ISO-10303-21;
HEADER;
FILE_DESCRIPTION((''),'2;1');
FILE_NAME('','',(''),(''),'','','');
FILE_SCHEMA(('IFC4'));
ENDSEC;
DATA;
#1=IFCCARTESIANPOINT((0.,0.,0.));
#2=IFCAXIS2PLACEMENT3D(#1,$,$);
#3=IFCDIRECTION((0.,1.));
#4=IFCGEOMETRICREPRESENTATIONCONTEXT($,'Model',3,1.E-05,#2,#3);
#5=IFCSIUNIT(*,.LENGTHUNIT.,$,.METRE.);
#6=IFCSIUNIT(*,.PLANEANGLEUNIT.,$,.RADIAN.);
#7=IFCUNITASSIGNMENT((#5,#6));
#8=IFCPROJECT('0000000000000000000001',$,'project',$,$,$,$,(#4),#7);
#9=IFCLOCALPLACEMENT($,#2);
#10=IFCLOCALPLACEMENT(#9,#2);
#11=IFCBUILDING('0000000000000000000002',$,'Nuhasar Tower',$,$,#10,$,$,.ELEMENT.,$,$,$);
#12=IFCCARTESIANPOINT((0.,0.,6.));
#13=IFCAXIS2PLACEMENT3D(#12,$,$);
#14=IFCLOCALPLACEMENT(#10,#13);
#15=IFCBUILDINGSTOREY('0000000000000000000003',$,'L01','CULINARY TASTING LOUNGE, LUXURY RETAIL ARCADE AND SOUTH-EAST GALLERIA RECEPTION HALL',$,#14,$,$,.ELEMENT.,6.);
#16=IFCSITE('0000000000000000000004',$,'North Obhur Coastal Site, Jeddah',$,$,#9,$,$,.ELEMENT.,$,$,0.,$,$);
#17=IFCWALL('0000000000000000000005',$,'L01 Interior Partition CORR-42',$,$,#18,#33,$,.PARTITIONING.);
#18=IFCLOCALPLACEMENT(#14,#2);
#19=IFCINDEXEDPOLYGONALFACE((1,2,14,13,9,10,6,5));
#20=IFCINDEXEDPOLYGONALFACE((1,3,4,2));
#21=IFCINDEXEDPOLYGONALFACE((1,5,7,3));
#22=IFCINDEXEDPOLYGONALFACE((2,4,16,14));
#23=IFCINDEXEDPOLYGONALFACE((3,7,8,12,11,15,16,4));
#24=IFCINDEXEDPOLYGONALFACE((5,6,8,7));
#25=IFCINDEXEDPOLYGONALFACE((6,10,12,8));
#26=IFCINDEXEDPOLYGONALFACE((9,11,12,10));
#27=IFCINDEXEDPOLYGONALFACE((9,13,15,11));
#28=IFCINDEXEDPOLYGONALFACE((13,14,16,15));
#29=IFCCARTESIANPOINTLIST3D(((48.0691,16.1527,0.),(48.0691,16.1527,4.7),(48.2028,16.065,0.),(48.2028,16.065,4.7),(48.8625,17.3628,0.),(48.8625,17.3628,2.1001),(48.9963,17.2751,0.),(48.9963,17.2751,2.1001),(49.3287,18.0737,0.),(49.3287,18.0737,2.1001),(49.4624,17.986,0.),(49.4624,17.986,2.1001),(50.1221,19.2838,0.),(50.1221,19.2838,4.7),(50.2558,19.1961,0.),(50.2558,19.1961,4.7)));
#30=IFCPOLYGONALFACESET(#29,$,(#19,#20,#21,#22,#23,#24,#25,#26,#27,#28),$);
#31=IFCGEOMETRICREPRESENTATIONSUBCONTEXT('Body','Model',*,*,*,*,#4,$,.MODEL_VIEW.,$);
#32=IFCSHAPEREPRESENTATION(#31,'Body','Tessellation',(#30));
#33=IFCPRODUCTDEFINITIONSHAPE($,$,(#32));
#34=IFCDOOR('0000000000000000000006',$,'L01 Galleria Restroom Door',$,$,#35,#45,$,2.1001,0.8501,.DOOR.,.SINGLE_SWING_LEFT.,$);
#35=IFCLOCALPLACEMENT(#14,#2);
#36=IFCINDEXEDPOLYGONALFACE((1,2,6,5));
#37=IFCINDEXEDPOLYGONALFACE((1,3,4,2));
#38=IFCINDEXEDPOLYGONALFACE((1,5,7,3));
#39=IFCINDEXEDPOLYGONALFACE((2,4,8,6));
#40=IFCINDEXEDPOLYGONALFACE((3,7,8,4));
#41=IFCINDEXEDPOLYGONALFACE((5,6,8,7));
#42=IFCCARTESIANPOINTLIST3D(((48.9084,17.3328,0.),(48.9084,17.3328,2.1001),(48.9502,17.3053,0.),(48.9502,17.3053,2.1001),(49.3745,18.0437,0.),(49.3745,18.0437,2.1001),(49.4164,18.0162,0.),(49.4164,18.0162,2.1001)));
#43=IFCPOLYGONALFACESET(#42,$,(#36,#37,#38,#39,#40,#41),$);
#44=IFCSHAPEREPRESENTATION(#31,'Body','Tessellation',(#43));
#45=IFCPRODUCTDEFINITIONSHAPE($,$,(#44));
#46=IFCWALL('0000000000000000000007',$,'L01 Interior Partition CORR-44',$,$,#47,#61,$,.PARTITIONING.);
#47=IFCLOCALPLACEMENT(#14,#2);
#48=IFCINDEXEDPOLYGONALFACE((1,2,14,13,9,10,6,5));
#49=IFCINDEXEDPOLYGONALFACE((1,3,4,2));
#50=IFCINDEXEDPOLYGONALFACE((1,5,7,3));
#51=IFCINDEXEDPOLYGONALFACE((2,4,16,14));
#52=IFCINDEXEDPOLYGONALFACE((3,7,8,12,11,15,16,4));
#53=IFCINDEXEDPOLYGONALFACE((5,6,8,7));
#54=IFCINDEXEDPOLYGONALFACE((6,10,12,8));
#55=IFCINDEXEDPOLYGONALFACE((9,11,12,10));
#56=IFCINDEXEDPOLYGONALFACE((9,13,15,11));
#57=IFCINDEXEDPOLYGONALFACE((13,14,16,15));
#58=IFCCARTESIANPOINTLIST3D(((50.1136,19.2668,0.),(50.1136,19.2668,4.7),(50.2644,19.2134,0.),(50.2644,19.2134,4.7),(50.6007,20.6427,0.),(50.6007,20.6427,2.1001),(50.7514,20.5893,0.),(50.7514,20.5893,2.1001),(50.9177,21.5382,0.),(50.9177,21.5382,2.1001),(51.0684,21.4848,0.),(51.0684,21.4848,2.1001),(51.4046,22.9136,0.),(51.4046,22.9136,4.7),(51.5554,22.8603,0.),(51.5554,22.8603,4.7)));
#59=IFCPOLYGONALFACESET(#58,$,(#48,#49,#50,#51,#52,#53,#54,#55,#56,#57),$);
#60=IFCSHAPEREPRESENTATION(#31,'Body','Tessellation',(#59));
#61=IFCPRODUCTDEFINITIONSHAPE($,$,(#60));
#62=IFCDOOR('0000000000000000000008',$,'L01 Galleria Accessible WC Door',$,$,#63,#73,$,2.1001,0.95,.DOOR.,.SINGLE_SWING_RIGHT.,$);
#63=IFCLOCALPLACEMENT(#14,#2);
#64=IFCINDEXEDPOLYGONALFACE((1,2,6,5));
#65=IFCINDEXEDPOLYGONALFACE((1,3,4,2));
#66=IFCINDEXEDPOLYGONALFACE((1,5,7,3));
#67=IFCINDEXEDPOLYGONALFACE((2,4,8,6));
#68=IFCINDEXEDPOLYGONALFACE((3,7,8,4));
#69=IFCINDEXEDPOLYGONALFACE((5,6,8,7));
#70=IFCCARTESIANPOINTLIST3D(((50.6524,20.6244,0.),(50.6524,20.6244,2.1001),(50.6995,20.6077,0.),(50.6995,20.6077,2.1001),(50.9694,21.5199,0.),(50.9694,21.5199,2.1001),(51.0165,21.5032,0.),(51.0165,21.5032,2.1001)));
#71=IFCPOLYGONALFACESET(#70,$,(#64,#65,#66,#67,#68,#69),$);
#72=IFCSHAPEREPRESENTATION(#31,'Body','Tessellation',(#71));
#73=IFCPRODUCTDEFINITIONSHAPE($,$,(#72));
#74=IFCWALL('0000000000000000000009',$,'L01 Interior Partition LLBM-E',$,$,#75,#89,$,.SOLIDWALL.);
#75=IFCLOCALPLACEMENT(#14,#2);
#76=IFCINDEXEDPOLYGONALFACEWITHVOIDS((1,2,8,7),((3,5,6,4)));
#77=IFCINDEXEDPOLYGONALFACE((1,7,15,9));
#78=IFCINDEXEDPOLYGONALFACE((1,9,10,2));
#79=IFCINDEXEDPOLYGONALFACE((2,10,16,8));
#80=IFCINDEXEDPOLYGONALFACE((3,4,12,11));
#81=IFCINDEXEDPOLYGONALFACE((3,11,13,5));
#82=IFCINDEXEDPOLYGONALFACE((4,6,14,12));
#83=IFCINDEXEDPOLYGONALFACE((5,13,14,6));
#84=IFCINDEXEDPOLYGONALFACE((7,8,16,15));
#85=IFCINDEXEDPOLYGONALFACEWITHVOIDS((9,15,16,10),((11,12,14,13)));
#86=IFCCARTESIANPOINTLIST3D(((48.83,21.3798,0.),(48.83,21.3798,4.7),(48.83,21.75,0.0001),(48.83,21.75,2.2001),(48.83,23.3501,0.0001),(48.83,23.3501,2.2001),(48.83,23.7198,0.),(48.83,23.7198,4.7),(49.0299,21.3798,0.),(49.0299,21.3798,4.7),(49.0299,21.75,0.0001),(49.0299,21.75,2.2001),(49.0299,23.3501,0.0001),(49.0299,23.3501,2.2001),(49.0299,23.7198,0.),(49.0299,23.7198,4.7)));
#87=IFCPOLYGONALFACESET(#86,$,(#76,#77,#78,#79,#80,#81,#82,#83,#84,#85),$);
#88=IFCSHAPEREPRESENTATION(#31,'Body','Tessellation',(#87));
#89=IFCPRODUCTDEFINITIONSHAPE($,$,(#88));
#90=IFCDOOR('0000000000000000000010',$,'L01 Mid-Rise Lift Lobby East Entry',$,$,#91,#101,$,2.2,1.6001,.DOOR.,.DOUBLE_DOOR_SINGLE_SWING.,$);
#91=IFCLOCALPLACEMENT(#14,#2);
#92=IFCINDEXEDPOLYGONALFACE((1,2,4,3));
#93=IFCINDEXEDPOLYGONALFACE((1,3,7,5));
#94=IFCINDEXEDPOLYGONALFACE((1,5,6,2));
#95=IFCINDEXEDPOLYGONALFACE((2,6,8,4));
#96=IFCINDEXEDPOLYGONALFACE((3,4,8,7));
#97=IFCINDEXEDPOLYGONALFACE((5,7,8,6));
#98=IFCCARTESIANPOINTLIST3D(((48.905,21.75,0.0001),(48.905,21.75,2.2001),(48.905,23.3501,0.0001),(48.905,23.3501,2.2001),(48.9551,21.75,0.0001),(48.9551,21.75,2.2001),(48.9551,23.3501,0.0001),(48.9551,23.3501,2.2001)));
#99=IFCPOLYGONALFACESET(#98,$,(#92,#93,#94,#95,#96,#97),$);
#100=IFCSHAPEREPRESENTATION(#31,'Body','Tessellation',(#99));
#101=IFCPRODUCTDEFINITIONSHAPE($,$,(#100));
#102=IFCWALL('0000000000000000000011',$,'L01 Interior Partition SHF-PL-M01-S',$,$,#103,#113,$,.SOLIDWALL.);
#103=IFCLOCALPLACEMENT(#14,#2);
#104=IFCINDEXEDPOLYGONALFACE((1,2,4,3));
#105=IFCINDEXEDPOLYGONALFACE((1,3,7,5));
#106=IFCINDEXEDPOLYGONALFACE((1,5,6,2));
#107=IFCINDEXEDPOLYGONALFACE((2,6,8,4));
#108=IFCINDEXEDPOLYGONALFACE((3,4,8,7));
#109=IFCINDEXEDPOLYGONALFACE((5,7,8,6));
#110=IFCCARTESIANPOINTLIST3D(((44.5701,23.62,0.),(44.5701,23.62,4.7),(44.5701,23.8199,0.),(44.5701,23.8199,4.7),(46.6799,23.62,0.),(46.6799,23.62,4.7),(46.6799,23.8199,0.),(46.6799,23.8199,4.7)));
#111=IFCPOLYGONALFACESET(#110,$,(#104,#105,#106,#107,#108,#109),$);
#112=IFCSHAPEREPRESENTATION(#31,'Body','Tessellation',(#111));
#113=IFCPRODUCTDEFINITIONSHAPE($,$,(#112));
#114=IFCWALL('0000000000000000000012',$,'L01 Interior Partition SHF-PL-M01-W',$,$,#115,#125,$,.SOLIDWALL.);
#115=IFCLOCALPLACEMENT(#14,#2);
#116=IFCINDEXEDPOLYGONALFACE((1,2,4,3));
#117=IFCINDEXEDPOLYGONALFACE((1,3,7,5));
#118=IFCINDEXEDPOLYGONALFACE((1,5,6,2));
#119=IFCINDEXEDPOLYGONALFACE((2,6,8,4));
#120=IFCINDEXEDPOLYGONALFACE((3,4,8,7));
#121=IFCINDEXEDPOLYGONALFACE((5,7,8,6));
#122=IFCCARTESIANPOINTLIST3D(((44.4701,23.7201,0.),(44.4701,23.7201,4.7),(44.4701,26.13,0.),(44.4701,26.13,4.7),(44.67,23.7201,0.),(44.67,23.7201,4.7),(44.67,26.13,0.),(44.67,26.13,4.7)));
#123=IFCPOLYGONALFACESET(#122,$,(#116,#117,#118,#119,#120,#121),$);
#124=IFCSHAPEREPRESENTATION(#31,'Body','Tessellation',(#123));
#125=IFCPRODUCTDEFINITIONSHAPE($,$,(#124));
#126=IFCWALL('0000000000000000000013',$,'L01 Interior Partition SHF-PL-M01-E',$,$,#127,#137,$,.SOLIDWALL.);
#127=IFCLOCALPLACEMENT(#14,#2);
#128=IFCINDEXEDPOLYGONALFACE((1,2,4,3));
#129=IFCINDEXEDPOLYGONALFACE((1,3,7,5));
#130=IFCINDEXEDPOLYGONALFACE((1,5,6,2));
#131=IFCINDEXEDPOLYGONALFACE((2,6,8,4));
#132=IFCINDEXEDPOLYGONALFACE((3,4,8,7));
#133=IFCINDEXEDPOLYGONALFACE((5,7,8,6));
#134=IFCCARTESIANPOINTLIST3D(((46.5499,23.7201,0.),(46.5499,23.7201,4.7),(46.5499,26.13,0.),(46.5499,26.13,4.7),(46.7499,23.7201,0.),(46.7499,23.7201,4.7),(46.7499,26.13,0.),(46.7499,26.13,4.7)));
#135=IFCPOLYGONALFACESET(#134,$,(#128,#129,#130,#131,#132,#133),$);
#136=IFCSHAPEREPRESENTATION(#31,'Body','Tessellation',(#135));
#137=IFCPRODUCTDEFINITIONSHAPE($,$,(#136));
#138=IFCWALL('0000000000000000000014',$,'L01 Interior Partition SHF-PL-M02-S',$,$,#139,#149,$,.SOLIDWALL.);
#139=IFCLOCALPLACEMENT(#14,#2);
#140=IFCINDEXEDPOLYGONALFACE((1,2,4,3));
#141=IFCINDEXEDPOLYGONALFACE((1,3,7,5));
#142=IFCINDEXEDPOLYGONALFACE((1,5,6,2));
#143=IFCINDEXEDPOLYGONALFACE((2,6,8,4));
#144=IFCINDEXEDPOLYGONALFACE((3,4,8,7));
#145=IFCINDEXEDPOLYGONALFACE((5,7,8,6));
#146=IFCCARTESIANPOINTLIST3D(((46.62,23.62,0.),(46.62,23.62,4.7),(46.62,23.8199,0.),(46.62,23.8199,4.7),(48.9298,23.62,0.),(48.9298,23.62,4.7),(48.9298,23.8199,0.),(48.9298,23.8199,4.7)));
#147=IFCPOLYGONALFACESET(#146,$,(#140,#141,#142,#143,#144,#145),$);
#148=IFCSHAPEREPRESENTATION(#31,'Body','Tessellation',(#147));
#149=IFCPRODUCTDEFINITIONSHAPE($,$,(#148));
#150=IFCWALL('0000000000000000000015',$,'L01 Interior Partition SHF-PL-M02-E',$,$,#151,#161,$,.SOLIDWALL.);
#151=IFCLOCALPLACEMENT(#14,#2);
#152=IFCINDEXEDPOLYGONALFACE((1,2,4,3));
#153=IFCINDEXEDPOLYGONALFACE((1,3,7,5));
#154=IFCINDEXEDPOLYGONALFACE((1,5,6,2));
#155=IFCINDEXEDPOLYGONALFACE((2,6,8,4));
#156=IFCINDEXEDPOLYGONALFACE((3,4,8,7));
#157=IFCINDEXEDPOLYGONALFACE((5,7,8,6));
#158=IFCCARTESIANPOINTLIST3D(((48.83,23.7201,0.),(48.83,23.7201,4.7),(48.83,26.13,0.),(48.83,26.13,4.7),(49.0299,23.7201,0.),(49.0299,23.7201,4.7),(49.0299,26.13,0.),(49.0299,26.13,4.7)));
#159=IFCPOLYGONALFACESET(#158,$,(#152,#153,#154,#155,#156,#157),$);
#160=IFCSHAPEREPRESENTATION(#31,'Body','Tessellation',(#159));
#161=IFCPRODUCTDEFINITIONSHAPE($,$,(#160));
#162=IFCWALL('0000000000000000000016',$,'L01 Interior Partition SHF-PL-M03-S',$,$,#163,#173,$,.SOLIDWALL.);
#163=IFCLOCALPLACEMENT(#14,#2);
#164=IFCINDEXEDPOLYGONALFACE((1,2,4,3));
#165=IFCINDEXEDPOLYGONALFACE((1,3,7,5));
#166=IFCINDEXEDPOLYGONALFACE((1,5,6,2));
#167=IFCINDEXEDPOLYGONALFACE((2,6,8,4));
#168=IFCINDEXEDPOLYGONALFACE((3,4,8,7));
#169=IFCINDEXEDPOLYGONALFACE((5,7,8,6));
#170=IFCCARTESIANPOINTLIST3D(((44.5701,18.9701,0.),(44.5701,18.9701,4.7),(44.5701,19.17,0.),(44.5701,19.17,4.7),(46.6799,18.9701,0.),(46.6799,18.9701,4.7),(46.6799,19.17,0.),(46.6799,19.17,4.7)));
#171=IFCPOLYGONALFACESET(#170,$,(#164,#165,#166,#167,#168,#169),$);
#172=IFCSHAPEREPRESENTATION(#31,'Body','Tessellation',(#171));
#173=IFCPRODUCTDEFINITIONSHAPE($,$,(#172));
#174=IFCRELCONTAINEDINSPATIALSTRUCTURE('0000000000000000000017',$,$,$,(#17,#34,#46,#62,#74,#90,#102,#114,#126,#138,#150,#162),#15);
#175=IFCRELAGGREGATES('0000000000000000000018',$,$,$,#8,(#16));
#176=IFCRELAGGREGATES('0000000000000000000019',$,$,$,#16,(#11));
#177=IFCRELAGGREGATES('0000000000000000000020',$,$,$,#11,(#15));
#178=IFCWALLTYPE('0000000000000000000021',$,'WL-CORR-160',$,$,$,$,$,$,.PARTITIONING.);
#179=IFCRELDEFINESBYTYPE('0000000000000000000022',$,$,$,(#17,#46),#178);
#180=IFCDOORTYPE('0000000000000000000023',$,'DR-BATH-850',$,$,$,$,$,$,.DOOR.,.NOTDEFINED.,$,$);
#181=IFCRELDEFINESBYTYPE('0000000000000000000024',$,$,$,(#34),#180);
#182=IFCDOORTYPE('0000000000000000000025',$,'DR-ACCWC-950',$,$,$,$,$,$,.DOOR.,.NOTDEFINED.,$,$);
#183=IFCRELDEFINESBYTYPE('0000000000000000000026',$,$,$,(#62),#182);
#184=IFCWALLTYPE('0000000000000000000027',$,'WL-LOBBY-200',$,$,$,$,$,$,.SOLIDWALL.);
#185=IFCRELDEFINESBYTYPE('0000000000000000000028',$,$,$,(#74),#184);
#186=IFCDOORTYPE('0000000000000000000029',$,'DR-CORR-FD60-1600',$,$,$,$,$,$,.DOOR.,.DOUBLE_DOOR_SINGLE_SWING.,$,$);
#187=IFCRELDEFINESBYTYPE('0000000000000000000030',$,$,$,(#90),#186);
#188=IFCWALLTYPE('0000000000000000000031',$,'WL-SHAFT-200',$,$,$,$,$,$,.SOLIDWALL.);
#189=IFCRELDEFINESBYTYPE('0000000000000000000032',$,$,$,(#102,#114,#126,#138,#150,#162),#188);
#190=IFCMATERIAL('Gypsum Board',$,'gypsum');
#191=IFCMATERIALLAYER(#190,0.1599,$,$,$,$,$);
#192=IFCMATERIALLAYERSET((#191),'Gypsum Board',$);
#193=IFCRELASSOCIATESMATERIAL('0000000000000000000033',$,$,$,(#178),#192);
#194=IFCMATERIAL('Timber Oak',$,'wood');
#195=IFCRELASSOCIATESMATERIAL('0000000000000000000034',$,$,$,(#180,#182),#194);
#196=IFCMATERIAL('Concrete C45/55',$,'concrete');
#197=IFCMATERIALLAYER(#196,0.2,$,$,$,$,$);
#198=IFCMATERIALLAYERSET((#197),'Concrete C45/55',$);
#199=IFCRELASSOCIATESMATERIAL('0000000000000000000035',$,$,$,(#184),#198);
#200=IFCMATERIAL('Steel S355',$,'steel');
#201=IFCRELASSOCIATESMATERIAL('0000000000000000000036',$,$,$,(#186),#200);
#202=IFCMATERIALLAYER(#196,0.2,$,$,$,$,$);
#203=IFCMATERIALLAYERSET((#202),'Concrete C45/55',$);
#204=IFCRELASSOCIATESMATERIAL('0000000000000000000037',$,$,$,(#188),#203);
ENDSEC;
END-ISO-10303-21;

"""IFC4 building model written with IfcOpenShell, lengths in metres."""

from ifc_helpers import new_model, si_unit, direction, frame, frame_2d, origin, place, context, subcontext, project, spatial, rectangle, extrude, material, layer, layer_set, type_object, element, fill, save


model = new_model("IFC4")

# Units and contexts
model_context = context("Model", 3, precision=1e-05, world=origin(), true_north=direction((0.0, 1.0)))
body_context = subcontext(model_context, "Body", "Model", "MODEL_VIEW")
ifc_project = project(units=[si_unit("LENGTHUNIT", "METRE"), si_unit("PLANEANGLEUNIT", "RADIAN")], contexts=[model_context])

# Site, building, storey
site_placement = place(None, origin())
site = spatial("IfcSite", under=ifc_project, at=site_placement, Name="North Obhur Coastal Site, Jeddah", CompositionType="ELEMENT", RefElevation=0.0)
building_placement = place(site_placement, origin())
building = spatial("IfcBuilding", under=site, at=building_placement, Name="Nuhasar Tower", CompositionType="ELEMENT")
storey_placement = place(building_placement, frame((0.0, 0.0, 6.0)))
storey = spatial("IfcBuildingStorey", under=building, at=storey_placement, Name="L01", Description="CULINARY TASTING LOUNGE, LUXURY RETAIL ARCADE AND SOUTH-EAST GALLERIA RECEPTION HALL", CompositionType="ELEMENT", Elevation=6.0)

# Walls, openings, doors
ifc_material_1 = material(Name="Gypsum Board", Category="gypsum")
ifc_layer_1 = layer(ifc_material_1, 0.1599)
ifc_layer_set_1 = layer_set([ifc_layer_1], Name="Gypsum Board")
wall_type_1 = type_object("IfcWallType", Name="WL-CORR-160", PredefinedType="PARTITIONING", material=ifc_layer_set_1)
wall_1_placement = place(storey_placement, frame((50.189, 19.24, 0.0), z_axis=(0.0, 0.0, 1.0), x_axis=(-0.548319, -0.836269, 0.0)))
wall_1 = element("IfcWall", 1, at=wall_1_placement, inside=storey, type_object=wall_type_1, Name="L01 Interior Partition CORR-42", PredefinedType="PARTITIONING", context=body_context, shape_type="SweptSolid", body=[
    extrude(rectangle(XDim=3.7441, YDim=0.1599, at=frame_2d((1.8721, 0.0))), origin(), (0.0, 0.0, 1.0), 4.7),
])
opening_1_placement = place(wall_1_placement, frame((1.447, 0.0, 0.0)))
opening_1 = element("IfcOpeningElement", 2, at=opening_1_placement, cuts=wall_1, PredefinedType="OPENING", context=body_context, shape_type="SweptSolid", body=[
    extrude(rectangle(XDim=0.8501, YDim=2.1001, at=frame_2d((0.425, 1.05))), frame((0.0, 0.0898, 0.0), z_axis=(0.0, -1.0, 0.0), x_axis=(1.0, 0.0, 0.0)), (0.0, 0.0, 1.0), 0.1799),
])
ifc_material_2 = material(Name="Timber Oak", Category="wood")
door_type_1 = type_object("IfcDoorType", Name="DR-BATH-850", OperationType="NOTDEFINED", PredefinedType="DOOR", material=ifc_material_2)
door_1_placement = place(opening_1_placement, origin())
door_1 = element("IfcDoor", 3, at=door_1_placement, inside=storey, type_object=door_type_1, Name="L01 Galleria Restroom Door", OperationType="SINGLE_SWING_LEFT", OverallHeight=2.1001, OverallWidth=0.8501, PredefinedType="DOOR", context=body_context, shape_type="SweptSolid", body=[
    extrude(rectangle(XDim=0.8501, YDim=2.1001, at=frame_2d((0.425, 1.05))), frame((0.0, 0.0249, 0.0), z_axis=(0.0, -1.0, 0.0), x_axis=(1.0, 0.0, 0.0)), (0.0, 0.0, 1.0), 0.05),
])
fill(opening_1, door_1)
wall_2_placement = place(storey_placement, frame((51.48, 22.887, 0.0), z_axis=(0.0, 0.0, 1.0), x_axis=(-0.333705, -0.942678, 0.0)))
wall_2 = element("IfcWall", 4, at=wall_2_placement, inside=storey, type_object=wall_type_1, Name="L01 Interior Partition CORR-44", PredefinedType="PARTITIONING", context=body_context, shape_type="SweptSolid", body=[
    extrude(rectangle(XDim=3.8687, YDim=0.1599, at=frame_2d((1.9343, 0.0))), origin(), (0.0, 0.0, 1.0), 4.7),
])
opening_2_placement = place(wall_2_placement, frame((1.459, 0.0, 0.0)))
opening_2 = element("IfcOpeningElement", 5, at=opening_2_placement, cuts=wall_2, PredefinedType="OPENING", context=body_context, shape_type="SweptSolid", body=[
    extrude(rectangle(XDim=0.95, YDim=2.1001, at=frame_2d((0.4751, 1.05))), frame((0.0, 0.0898, 0.0), z_axis=(0.0, -1.0, 0.0), x_axis=(1.0, 0.0, 0.0)), (0.0, 0.0, 1.0), 0.1799),
])
door_type_2 = type_object("IfcDoorType", Name="DR-ACCWC-950", OperationType="NOTDEFINED", PredefinedType="DOOR", material=ifc_material_2)
door_2_placement = place(opening_2_placement, origin())
door_2 = element("IfcDoor", 6, at=door_2_placement, inside=storey, type_object=door_type_2, Name="L01 Galleria Accessible WC Door", OperationType="SINGLE_SWING_RIGHT", OverallHeight=2.1001, OverallWidth=0.95, PredefinedType="DOOR", context=body_context, shape_type="SweptSolid", body=[
    extrude(rectangle(XDim=0.95, YDim=2.1001, at=frame_2d((0.4751, 1.05))), frame((0.0, 0.0249, 0.0), z_axis=(0.0, -1.0, 0.0), x_axis=(1.0, 0.0, 0.0)), (0.0, 0.0, 1.0), 0.05),
])
fill(opening_2, door_2)
ifc_material_3 = material(Name="Concrete C45/55", Category="concrete")
ifc_layer_2 = layer(ifc_material_3, 0.2)
ifc_layer_set_2 = layer_set([ifc_layer_2], Name="Concrete C45/55")
wall_type_2 = type_object("IfcWallType", Name="WL-LOBBY-200", PredefinedType="SOLIDWALL", material=ifc_layer_set_2)
wall_3_placement = place(storey_placement, frame((48.9299, 21.3799, 0.0), z_axis=(0.0, 0.0, 1.0), x_axis=(0.0, 1.0, 0.0)))
wall_3 = element("IfcWall", 7, at=wall_3_placement, inside=storey, type_object=wall_type_2, Name="L01 Interior Partition LLBM-E", PredefinedType="SOLIDWALL", context=body_context, shape_type="SweptSolid", body=[
    extrude(rectangle(XDim=2.3401, YDim=0.2, at=frame_2d((1.1699, 0.0))), origin(), (0.0, 0.0, 1.0), 4.7),
])
opening_3_placement = place(wall_3_placement, frame((0.3701, 0.0, 0.0)))
opening_3 = element("IfcOpeningElement", 8, at=opening_3_placement, cuts=wall_3, PredefinedType="OPENING", context=body_context, shape_type="SweptSolid", body=[
    extrude(rectangle(XDim=1.6001, YDim=2.2, at=frame_2d((0.8, 1.1001))), frame((0.0, 0.1099, 0.0), z_axis=(0.0, -1.0, 0.0), x_axis=(1.0, 0.0, 0.0)), (0.0, 0.0, 1.0), 0.22),
])
ifc_material_4 = material(Name="Steel S355", Category="steel")
door_type_3 = type_object("IfcDoorType", Name="DR-CORR-FD60-1600", OperationType="DOUBLE_DOOR_SINGLE_SWING", PredefinedType="DOOR", material=ifc_material_4)
door_3_placement = place(opening_3_placement, origin())
door_3 = element("IfcDoor", 9, at=door_3_placement, inside=storey, type_object=door_type_3, Name="L01 Mid-Rise Lift Lobby East Entry", OperationType="DOUBLE_DOOR_SINGLE_SWING", OverallHeight=2.2, OverallWidth=1.6001, PredefinedType="DOOR", context=body_context, shape_type="SweptSolid", body=[
    extrude(rectangle(XDim=1.6001, YDim=2.2, at=frame_2d((0.8, 1.1001))), frame((0.0, 0.0249, 0.0), z_axis=(0.0, -1.0, 0.0), x_axis=(1.0, 0.0, 0.0)), (0.0, 0.0, 1.0), 0.05),
])
fill(opening_3, door_3)

# Walls
ifc_layer_3 = layer(ifc_material_3, 0.2)
ifc_layer_set_3 = layer_set([ifc_layer_3], Name="Concrete C45/55")
wall_type_3 = type_object("IfcWallType", Name="WL-SHAFT-200", PredefinedType="SOLIDWALL", material=ifc_layer_set_3)
wall_4_placement = place(storey_placement, frame((44.5701, 23.72, 0.0), z_axis=(0.0, 0.0, 1.0), x_axis=(1.0, 0.0, 0.0)))
element("IfcWall", 10, at=wall_4_placement, inside=storey, type_object=wall_type_3, Name="L01 Interior Partition SHF-PL-M01-S", PredefinedType="SOLIDWALL", context=body_context, shape_type="SweptSolid", body=[
    extrude(rectangle(XDim=2.1099, YDim=0.2, at=frame_2d((1.0549, 0.0))), origin(), (0.0, 0.0, 1.0), 4.7),
])
for number, where, z_axis, x_axis, name in (
    (11, (44.5701, 23.72, 0.0), (0.0, 0.0, 1.0), (0.0, 1.0, 0.0), "L01 Interior Partition SHF-PL-M01-W"),
    (12, (46.6499, 23.72, 0.0), (0.0, 0.0, 1.0), (0.0, 1.0, 0.0), "L01 Interior Partition SHF-PL-M01-E"),
):
    element("IfcWall", number, at=place(storey_placement, frame(where, z_axis=z_axis, x_axis=x_axis)), inside=storey, type_object=wall_type_3, Name=name, PredefinedType="SOLIDWALL", context=body_context, shape_type="SweptSolid", body=[
        extrude(rectangle(XDim=2.4099, YDim=0.2, at=frame_2d((1.2051, 0.0))), origin(), (0.0, 0.0, 1.0), 4.7),
    ])
wall_5_placement = place(storey_placement, frame((46.6201, 23.72, 0.0), z_axis=(0.0, 0.0, 1.0), x_axis=(1.0, 0.0, 0.0)))
element("IfcWall", 13, at=wall_5_placement, inside=storey, type_object=wall_type_3, Name="L01 Interior Partition SHF-PL-M02-S", PredefinedType="SOLIDWALL", context=body_context, shape_type="SweptSolid", body=[
    extrude(rectangle(XDim=2.3098, YDim=0.2, at=frame_2d((1.1548, 0.0))), origin(), (0.0, 0.0, 1.0), 4.7),
])
wall_6_placement = place(storey_placement, frame((48.9299, 23.72, 0.0), z_axis=(0.0, 0.0, 1.0), x_axis=(0.0, 1.0, 0.0)))
element("IfcWall", 14, at=wall_6_placement, inside=storey, type_object=wall_type_3, Name="L01 Interior Partition SHF-PL-M02-E", PredefinedType="SOLIDWALL", context=body_context, shape_type="SweptSolid", body=[
    extrude(rectangle(XDim=2.4099, YDim=0.2, at=frame_2d((1.2051, 0.0))), origin(), (0.0, 0.0, 1.0), 4.7),
])
for number, where, z_axis, x_axis, name in (
    (15, (44.5701, 19.0701, 0.0), (0.0, 0.0, 1.0), (1.0, 0.0, 0.0), "L01 Interior Partition SHF-PL-M03-S"),
):
    element("IfcWall", number, at=place(storey_placement, frame(where, z_axis=z_axis, x_axis=x_axis)), inside=storey, type_object=wall_type_3, Name=name, PredefinedType="SOLIDWALL", context=body_context, shape_type="SweptSolid", body=[
        extrude(rectangle(XDim=2.1099, YDim=0.2, at=frame_2d((1.0549, 0.0))), origin(), (0.0, 0.0, 1.0), 4.7),
    ])

save(model, "model.ifc")
